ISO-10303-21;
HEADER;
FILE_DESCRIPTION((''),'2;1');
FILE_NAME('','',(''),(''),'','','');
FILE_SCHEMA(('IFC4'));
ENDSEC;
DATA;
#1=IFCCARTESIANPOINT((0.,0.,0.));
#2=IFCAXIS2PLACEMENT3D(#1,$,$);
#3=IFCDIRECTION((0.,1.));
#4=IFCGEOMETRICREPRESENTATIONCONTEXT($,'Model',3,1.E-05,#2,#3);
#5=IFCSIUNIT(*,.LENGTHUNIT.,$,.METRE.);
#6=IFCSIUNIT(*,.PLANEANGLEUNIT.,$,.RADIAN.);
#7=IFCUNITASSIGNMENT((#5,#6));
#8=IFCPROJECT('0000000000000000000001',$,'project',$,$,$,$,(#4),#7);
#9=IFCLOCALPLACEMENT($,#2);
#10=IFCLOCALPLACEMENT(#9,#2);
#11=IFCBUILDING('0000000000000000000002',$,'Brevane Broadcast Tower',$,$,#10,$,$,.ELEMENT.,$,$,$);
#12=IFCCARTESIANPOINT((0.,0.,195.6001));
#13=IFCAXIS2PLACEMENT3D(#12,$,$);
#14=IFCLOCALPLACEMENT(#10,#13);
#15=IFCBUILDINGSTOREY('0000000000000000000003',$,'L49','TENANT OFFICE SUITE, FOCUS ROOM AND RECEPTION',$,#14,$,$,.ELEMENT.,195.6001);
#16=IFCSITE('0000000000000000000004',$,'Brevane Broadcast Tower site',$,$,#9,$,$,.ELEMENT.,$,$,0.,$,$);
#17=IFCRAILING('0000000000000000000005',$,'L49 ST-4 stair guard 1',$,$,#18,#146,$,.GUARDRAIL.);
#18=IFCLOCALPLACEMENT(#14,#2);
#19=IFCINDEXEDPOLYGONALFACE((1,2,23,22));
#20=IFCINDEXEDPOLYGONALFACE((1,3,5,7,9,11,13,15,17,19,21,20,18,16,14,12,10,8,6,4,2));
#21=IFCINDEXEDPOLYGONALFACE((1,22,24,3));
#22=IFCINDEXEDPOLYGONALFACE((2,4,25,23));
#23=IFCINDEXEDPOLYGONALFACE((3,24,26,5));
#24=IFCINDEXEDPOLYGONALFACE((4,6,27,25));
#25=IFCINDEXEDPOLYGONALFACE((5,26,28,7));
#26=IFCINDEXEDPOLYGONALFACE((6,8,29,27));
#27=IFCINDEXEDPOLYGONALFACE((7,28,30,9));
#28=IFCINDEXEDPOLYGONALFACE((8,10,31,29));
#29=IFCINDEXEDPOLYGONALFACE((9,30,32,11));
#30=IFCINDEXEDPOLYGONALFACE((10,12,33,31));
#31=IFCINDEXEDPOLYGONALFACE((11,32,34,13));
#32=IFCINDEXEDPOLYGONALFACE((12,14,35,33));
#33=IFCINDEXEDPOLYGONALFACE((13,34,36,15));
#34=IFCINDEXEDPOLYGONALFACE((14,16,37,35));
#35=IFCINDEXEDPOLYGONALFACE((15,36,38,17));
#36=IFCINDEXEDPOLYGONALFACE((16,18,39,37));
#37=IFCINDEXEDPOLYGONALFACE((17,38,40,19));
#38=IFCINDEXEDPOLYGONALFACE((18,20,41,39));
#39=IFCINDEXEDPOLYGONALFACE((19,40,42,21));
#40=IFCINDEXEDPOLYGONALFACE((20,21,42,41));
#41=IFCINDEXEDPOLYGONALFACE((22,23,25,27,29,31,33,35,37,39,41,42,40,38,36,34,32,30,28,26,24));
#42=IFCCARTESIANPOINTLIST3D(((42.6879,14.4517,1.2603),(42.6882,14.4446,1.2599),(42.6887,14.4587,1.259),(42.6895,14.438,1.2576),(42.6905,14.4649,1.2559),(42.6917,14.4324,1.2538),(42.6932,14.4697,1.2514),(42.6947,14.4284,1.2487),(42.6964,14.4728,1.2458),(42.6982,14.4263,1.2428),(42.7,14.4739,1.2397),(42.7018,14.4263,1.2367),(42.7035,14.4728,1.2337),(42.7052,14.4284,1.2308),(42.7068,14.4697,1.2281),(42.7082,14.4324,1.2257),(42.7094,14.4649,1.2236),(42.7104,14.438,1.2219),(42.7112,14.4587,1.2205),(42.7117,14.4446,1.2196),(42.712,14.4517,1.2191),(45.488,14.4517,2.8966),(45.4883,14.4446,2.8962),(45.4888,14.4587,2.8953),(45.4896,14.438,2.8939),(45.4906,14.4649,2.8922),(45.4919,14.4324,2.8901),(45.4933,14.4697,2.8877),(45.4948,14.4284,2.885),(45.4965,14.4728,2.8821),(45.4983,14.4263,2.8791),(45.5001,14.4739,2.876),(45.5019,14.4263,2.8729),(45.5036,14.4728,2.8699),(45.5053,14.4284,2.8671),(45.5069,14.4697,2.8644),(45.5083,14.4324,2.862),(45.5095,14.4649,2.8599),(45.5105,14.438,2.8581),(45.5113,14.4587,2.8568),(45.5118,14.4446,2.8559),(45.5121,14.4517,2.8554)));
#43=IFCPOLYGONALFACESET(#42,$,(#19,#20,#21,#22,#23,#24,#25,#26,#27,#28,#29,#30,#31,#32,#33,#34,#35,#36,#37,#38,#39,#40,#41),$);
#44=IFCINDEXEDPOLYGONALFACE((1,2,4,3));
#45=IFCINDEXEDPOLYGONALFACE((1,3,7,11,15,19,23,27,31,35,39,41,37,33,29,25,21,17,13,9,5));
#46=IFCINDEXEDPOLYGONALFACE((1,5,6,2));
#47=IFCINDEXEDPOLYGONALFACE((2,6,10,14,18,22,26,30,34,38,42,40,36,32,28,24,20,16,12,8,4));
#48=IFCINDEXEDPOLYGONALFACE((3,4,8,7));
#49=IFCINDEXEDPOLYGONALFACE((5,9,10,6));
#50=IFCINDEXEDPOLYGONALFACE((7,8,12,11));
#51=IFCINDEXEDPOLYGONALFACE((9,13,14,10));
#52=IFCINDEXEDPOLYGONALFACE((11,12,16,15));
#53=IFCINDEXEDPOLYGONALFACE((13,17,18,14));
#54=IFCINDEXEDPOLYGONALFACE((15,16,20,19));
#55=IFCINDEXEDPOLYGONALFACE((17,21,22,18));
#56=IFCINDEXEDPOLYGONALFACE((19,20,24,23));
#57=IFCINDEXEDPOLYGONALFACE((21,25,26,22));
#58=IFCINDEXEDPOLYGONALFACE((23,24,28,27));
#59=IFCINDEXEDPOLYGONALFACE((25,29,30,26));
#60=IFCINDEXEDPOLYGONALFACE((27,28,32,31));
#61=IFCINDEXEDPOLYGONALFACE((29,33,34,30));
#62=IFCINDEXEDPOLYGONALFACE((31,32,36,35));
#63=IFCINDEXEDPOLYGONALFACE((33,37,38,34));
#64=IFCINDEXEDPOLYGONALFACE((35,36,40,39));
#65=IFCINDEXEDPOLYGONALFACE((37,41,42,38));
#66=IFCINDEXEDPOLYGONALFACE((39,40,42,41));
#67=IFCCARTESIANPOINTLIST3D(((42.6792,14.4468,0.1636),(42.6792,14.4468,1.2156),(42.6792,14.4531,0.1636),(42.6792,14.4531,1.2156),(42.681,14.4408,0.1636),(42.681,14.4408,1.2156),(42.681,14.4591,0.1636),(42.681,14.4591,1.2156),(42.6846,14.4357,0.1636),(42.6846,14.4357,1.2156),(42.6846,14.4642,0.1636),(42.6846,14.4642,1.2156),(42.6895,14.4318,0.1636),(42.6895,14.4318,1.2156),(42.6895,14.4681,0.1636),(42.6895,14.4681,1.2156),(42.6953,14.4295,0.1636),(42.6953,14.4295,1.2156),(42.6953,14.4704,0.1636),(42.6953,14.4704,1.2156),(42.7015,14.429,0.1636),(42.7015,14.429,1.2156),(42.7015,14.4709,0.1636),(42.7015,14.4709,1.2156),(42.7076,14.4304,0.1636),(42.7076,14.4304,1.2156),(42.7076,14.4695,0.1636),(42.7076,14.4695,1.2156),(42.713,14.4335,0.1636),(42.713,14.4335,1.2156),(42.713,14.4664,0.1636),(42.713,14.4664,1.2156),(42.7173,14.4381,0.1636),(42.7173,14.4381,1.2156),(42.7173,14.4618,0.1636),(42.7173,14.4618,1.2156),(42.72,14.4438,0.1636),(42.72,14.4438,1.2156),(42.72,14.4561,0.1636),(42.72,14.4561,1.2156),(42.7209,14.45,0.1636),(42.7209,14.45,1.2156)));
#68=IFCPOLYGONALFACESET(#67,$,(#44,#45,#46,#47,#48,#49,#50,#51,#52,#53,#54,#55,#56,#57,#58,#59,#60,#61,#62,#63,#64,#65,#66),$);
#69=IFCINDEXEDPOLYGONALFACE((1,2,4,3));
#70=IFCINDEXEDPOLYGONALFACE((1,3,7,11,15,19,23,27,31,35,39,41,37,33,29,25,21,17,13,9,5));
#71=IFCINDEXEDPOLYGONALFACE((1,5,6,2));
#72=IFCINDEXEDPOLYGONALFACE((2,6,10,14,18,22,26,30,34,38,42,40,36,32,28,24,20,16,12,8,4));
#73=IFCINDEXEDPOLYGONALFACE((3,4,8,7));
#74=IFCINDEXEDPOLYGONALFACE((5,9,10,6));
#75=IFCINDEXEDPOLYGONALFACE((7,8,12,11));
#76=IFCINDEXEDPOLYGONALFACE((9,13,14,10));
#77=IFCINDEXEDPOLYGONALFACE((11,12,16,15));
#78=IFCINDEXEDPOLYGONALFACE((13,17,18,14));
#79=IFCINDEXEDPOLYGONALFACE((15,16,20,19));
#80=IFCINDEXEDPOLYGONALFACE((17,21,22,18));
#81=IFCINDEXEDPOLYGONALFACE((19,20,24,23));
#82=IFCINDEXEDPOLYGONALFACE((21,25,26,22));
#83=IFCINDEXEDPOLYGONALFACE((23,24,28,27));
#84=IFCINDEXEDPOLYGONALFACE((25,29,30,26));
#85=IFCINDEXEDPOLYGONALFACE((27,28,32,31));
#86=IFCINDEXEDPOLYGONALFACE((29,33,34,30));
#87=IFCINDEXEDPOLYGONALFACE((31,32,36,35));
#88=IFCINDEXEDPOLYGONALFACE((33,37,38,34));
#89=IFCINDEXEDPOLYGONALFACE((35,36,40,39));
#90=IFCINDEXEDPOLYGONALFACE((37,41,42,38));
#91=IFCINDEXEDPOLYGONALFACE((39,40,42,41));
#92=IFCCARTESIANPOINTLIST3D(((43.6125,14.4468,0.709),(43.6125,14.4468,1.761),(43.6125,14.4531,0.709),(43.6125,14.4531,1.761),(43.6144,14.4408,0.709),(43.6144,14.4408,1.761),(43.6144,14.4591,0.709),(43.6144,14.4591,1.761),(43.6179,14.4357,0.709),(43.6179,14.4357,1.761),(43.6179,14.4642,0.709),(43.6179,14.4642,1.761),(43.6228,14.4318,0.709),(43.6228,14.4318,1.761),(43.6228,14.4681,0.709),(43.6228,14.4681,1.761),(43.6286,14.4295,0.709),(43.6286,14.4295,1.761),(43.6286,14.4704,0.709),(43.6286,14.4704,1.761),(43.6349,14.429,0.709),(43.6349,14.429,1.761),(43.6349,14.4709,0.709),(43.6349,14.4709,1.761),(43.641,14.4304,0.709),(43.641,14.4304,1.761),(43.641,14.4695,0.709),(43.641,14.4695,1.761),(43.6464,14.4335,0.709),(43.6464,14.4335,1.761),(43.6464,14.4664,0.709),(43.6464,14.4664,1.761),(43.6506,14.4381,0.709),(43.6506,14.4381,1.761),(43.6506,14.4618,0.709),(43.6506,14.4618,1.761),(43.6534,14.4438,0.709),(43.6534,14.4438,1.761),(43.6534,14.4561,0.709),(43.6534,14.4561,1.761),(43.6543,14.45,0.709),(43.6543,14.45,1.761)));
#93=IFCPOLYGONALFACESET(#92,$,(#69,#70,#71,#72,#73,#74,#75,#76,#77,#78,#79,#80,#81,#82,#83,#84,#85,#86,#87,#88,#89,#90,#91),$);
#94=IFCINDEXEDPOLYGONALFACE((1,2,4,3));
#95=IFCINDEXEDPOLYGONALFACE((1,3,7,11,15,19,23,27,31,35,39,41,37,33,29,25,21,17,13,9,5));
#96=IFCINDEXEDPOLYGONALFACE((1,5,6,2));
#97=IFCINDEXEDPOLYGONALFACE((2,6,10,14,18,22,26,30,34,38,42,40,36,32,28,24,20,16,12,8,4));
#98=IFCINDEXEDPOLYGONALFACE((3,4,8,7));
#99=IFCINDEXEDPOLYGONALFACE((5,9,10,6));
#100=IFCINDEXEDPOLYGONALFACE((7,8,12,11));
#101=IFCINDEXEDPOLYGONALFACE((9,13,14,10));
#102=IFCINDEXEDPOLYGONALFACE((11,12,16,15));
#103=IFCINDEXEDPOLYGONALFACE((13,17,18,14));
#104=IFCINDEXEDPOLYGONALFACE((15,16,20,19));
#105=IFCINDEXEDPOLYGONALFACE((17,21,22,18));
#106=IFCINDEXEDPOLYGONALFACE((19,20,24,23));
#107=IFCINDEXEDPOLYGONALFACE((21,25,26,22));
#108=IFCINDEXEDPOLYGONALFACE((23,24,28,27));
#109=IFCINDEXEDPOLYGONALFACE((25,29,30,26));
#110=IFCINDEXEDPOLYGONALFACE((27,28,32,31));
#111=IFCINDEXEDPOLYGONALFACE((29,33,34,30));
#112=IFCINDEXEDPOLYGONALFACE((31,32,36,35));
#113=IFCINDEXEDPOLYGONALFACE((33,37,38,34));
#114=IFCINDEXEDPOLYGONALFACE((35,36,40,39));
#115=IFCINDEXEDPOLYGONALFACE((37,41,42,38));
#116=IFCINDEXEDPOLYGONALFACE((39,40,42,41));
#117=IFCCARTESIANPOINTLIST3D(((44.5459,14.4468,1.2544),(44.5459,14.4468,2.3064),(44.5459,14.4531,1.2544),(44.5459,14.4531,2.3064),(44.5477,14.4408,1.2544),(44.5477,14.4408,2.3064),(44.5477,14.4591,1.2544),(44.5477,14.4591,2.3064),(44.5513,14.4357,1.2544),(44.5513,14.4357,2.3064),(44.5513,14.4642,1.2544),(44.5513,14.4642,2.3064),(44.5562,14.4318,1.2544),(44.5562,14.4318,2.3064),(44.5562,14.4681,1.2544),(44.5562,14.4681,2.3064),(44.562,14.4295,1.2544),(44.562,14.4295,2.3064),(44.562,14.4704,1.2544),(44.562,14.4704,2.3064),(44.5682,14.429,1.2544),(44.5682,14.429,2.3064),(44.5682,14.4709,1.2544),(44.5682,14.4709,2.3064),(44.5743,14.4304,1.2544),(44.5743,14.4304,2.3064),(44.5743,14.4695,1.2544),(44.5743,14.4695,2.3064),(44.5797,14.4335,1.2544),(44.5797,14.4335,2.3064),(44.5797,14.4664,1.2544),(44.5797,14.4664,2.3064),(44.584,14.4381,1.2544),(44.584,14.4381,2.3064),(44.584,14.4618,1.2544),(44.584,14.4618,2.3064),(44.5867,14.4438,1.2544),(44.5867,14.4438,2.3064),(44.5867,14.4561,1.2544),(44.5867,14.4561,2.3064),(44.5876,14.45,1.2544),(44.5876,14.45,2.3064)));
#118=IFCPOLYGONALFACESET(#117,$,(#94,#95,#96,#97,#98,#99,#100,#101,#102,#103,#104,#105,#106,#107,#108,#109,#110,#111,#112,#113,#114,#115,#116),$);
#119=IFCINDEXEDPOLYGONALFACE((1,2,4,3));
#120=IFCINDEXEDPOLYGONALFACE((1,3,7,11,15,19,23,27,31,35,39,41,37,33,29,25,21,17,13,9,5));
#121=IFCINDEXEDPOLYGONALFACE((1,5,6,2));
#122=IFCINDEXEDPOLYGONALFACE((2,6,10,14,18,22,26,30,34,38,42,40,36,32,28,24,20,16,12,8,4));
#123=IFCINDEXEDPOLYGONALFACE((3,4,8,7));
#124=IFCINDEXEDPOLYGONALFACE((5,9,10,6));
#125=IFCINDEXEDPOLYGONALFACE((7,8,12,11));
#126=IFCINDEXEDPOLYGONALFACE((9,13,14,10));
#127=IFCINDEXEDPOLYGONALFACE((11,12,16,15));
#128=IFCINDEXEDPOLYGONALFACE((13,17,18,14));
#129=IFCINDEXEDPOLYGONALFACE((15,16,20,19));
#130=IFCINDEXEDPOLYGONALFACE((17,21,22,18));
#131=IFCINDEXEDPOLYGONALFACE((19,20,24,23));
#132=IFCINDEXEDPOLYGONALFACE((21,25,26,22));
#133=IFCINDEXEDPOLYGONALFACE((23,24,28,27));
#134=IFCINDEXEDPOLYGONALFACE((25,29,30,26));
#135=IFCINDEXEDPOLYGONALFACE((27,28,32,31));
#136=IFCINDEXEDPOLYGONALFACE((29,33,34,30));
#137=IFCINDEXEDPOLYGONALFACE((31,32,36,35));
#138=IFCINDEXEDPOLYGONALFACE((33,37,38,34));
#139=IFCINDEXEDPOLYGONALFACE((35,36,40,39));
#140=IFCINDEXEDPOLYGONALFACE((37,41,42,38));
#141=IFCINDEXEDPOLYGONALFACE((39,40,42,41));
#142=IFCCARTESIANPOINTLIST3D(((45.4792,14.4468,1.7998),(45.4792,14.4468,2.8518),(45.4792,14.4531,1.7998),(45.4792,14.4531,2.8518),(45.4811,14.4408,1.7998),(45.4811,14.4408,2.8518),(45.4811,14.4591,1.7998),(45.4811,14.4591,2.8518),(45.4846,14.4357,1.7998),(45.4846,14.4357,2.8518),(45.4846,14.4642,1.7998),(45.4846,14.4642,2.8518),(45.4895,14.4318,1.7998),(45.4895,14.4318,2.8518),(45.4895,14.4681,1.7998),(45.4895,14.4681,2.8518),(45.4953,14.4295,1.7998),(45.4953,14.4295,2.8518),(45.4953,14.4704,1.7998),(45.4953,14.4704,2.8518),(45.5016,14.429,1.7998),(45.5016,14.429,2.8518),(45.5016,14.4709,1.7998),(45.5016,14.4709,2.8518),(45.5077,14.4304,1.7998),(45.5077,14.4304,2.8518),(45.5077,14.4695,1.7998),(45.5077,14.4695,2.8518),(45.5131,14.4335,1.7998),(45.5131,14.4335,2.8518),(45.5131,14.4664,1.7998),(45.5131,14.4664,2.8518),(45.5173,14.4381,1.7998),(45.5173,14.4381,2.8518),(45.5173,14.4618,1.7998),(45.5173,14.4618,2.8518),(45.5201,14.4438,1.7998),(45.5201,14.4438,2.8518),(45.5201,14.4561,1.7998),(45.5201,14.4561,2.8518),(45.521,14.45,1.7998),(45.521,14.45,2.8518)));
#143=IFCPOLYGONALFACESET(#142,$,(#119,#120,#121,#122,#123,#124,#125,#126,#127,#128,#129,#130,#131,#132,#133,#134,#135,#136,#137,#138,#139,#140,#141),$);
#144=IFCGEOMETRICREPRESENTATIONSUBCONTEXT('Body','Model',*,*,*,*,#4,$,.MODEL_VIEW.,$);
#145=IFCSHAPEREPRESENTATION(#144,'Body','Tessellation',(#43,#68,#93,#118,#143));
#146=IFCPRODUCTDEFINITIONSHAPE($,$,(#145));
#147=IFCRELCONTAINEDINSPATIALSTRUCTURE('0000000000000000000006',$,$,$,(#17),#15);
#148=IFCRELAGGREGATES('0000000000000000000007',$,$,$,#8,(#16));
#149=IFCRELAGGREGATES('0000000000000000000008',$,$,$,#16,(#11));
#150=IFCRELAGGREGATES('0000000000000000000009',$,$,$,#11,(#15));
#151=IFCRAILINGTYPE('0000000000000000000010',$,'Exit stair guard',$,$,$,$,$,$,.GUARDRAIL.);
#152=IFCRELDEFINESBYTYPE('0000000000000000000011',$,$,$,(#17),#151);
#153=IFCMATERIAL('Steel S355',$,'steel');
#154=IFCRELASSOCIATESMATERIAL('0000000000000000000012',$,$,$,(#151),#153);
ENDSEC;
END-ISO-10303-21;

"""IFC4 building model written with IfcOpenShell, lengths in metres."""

from ifc_helpers import new_model, si_unit, direction, frame, origin, origin_2d, place, context, subcontext, project, spatial, circle, extrude, material, type_object, element, save


model = new_model("IFC4")

# Units and contexts
model_context = context("Model", 3, precision=1e-05, world=origin(), true_north=direction((0.0, 1.0)))
body_context = subcontext(model_context, "Body", "Model", "MODEL_VIEW")
ifc_project = project(units=[si_unit("LENGTHUNIT", "METRE"), si_unit("PLANEANGLEUNIT", "RADIAN")], contexts=[model_context])

# Site, building, storey
site_placement = place(None, origin())
site = spatial("IfcSite", under=ifc_project, at=site_placement, Name="Brevane Broadcast Tower site", CompositionType="ELEMENT", RefElevation=0.0)
building_placement = place(site_placement, origin())
building = spatial("IfcBuilding", under=site, at=building_placement, Name="Brevane Broadcast Tower", CompositionType="ELEMENT")
storey_placement = place(building_placement, frame((0.0, 0.0, 195.6001)))
storey = spatial("IfcBuildingStorey", under=building, at=storey_placement, Name="L49", Description="TENANT OFFICE SUITE, FOCUS ROOM AND RECEPTION", CompositionType="ELEMENT", Elevation=195.6001)

# Railing
ifc_material_1 = material(Name="Steel S355", Category="steel")
railing_type_1 = type_object("IfcRailingType", Name="Exit stair guard", PredefinedType="GUARDRAIL", material=ifc_material_1)
railing_1_placement = place(storey_placement, frame((42.7, 14.45, 0.1636)))
element("IfcRailing", 1, at=railing_1_placement, inside=storey, type_object=railing_type_1, Name="L49 ST-4 stair guard 1", PredefinedType="GUARDRAIL", context=body_context, shape_type="SweptSolid", body=[
    extrude(circle(Radius=0.0239, at=origin_2d()), frame((0.0, 0.0, 1.0762), z_axis=(0.863394, 0.0, 0.504531), x_axis=(0.0, 1.0, 0.0)), (0.0, 0.0, 1.0), 3.2432),
    extrude(circle(Radius=0.021, at=origin_2d()), origin(), (0.0, 0.0, 1.0), 1.052),
    extrude(circle(Radius=0.021, at=origin_2d()), frame((0.9333, 0.0, 0.5454)), (0.0, 0.0, 1.0), 1.052),
    extrude(circle(Radius=0.021, at=origin_2d()), frame((1.8667, 0.0, 1.0908)), (0.0, 0.0, 1.0), 1.052),
    extrude(circle(Radius=0.021, at=origin_2d()), frame((2.8, 0.0, 1.6362)), (0.0, 0.0, 1.0), 1.052),
])

save(model, "model.ifc")
